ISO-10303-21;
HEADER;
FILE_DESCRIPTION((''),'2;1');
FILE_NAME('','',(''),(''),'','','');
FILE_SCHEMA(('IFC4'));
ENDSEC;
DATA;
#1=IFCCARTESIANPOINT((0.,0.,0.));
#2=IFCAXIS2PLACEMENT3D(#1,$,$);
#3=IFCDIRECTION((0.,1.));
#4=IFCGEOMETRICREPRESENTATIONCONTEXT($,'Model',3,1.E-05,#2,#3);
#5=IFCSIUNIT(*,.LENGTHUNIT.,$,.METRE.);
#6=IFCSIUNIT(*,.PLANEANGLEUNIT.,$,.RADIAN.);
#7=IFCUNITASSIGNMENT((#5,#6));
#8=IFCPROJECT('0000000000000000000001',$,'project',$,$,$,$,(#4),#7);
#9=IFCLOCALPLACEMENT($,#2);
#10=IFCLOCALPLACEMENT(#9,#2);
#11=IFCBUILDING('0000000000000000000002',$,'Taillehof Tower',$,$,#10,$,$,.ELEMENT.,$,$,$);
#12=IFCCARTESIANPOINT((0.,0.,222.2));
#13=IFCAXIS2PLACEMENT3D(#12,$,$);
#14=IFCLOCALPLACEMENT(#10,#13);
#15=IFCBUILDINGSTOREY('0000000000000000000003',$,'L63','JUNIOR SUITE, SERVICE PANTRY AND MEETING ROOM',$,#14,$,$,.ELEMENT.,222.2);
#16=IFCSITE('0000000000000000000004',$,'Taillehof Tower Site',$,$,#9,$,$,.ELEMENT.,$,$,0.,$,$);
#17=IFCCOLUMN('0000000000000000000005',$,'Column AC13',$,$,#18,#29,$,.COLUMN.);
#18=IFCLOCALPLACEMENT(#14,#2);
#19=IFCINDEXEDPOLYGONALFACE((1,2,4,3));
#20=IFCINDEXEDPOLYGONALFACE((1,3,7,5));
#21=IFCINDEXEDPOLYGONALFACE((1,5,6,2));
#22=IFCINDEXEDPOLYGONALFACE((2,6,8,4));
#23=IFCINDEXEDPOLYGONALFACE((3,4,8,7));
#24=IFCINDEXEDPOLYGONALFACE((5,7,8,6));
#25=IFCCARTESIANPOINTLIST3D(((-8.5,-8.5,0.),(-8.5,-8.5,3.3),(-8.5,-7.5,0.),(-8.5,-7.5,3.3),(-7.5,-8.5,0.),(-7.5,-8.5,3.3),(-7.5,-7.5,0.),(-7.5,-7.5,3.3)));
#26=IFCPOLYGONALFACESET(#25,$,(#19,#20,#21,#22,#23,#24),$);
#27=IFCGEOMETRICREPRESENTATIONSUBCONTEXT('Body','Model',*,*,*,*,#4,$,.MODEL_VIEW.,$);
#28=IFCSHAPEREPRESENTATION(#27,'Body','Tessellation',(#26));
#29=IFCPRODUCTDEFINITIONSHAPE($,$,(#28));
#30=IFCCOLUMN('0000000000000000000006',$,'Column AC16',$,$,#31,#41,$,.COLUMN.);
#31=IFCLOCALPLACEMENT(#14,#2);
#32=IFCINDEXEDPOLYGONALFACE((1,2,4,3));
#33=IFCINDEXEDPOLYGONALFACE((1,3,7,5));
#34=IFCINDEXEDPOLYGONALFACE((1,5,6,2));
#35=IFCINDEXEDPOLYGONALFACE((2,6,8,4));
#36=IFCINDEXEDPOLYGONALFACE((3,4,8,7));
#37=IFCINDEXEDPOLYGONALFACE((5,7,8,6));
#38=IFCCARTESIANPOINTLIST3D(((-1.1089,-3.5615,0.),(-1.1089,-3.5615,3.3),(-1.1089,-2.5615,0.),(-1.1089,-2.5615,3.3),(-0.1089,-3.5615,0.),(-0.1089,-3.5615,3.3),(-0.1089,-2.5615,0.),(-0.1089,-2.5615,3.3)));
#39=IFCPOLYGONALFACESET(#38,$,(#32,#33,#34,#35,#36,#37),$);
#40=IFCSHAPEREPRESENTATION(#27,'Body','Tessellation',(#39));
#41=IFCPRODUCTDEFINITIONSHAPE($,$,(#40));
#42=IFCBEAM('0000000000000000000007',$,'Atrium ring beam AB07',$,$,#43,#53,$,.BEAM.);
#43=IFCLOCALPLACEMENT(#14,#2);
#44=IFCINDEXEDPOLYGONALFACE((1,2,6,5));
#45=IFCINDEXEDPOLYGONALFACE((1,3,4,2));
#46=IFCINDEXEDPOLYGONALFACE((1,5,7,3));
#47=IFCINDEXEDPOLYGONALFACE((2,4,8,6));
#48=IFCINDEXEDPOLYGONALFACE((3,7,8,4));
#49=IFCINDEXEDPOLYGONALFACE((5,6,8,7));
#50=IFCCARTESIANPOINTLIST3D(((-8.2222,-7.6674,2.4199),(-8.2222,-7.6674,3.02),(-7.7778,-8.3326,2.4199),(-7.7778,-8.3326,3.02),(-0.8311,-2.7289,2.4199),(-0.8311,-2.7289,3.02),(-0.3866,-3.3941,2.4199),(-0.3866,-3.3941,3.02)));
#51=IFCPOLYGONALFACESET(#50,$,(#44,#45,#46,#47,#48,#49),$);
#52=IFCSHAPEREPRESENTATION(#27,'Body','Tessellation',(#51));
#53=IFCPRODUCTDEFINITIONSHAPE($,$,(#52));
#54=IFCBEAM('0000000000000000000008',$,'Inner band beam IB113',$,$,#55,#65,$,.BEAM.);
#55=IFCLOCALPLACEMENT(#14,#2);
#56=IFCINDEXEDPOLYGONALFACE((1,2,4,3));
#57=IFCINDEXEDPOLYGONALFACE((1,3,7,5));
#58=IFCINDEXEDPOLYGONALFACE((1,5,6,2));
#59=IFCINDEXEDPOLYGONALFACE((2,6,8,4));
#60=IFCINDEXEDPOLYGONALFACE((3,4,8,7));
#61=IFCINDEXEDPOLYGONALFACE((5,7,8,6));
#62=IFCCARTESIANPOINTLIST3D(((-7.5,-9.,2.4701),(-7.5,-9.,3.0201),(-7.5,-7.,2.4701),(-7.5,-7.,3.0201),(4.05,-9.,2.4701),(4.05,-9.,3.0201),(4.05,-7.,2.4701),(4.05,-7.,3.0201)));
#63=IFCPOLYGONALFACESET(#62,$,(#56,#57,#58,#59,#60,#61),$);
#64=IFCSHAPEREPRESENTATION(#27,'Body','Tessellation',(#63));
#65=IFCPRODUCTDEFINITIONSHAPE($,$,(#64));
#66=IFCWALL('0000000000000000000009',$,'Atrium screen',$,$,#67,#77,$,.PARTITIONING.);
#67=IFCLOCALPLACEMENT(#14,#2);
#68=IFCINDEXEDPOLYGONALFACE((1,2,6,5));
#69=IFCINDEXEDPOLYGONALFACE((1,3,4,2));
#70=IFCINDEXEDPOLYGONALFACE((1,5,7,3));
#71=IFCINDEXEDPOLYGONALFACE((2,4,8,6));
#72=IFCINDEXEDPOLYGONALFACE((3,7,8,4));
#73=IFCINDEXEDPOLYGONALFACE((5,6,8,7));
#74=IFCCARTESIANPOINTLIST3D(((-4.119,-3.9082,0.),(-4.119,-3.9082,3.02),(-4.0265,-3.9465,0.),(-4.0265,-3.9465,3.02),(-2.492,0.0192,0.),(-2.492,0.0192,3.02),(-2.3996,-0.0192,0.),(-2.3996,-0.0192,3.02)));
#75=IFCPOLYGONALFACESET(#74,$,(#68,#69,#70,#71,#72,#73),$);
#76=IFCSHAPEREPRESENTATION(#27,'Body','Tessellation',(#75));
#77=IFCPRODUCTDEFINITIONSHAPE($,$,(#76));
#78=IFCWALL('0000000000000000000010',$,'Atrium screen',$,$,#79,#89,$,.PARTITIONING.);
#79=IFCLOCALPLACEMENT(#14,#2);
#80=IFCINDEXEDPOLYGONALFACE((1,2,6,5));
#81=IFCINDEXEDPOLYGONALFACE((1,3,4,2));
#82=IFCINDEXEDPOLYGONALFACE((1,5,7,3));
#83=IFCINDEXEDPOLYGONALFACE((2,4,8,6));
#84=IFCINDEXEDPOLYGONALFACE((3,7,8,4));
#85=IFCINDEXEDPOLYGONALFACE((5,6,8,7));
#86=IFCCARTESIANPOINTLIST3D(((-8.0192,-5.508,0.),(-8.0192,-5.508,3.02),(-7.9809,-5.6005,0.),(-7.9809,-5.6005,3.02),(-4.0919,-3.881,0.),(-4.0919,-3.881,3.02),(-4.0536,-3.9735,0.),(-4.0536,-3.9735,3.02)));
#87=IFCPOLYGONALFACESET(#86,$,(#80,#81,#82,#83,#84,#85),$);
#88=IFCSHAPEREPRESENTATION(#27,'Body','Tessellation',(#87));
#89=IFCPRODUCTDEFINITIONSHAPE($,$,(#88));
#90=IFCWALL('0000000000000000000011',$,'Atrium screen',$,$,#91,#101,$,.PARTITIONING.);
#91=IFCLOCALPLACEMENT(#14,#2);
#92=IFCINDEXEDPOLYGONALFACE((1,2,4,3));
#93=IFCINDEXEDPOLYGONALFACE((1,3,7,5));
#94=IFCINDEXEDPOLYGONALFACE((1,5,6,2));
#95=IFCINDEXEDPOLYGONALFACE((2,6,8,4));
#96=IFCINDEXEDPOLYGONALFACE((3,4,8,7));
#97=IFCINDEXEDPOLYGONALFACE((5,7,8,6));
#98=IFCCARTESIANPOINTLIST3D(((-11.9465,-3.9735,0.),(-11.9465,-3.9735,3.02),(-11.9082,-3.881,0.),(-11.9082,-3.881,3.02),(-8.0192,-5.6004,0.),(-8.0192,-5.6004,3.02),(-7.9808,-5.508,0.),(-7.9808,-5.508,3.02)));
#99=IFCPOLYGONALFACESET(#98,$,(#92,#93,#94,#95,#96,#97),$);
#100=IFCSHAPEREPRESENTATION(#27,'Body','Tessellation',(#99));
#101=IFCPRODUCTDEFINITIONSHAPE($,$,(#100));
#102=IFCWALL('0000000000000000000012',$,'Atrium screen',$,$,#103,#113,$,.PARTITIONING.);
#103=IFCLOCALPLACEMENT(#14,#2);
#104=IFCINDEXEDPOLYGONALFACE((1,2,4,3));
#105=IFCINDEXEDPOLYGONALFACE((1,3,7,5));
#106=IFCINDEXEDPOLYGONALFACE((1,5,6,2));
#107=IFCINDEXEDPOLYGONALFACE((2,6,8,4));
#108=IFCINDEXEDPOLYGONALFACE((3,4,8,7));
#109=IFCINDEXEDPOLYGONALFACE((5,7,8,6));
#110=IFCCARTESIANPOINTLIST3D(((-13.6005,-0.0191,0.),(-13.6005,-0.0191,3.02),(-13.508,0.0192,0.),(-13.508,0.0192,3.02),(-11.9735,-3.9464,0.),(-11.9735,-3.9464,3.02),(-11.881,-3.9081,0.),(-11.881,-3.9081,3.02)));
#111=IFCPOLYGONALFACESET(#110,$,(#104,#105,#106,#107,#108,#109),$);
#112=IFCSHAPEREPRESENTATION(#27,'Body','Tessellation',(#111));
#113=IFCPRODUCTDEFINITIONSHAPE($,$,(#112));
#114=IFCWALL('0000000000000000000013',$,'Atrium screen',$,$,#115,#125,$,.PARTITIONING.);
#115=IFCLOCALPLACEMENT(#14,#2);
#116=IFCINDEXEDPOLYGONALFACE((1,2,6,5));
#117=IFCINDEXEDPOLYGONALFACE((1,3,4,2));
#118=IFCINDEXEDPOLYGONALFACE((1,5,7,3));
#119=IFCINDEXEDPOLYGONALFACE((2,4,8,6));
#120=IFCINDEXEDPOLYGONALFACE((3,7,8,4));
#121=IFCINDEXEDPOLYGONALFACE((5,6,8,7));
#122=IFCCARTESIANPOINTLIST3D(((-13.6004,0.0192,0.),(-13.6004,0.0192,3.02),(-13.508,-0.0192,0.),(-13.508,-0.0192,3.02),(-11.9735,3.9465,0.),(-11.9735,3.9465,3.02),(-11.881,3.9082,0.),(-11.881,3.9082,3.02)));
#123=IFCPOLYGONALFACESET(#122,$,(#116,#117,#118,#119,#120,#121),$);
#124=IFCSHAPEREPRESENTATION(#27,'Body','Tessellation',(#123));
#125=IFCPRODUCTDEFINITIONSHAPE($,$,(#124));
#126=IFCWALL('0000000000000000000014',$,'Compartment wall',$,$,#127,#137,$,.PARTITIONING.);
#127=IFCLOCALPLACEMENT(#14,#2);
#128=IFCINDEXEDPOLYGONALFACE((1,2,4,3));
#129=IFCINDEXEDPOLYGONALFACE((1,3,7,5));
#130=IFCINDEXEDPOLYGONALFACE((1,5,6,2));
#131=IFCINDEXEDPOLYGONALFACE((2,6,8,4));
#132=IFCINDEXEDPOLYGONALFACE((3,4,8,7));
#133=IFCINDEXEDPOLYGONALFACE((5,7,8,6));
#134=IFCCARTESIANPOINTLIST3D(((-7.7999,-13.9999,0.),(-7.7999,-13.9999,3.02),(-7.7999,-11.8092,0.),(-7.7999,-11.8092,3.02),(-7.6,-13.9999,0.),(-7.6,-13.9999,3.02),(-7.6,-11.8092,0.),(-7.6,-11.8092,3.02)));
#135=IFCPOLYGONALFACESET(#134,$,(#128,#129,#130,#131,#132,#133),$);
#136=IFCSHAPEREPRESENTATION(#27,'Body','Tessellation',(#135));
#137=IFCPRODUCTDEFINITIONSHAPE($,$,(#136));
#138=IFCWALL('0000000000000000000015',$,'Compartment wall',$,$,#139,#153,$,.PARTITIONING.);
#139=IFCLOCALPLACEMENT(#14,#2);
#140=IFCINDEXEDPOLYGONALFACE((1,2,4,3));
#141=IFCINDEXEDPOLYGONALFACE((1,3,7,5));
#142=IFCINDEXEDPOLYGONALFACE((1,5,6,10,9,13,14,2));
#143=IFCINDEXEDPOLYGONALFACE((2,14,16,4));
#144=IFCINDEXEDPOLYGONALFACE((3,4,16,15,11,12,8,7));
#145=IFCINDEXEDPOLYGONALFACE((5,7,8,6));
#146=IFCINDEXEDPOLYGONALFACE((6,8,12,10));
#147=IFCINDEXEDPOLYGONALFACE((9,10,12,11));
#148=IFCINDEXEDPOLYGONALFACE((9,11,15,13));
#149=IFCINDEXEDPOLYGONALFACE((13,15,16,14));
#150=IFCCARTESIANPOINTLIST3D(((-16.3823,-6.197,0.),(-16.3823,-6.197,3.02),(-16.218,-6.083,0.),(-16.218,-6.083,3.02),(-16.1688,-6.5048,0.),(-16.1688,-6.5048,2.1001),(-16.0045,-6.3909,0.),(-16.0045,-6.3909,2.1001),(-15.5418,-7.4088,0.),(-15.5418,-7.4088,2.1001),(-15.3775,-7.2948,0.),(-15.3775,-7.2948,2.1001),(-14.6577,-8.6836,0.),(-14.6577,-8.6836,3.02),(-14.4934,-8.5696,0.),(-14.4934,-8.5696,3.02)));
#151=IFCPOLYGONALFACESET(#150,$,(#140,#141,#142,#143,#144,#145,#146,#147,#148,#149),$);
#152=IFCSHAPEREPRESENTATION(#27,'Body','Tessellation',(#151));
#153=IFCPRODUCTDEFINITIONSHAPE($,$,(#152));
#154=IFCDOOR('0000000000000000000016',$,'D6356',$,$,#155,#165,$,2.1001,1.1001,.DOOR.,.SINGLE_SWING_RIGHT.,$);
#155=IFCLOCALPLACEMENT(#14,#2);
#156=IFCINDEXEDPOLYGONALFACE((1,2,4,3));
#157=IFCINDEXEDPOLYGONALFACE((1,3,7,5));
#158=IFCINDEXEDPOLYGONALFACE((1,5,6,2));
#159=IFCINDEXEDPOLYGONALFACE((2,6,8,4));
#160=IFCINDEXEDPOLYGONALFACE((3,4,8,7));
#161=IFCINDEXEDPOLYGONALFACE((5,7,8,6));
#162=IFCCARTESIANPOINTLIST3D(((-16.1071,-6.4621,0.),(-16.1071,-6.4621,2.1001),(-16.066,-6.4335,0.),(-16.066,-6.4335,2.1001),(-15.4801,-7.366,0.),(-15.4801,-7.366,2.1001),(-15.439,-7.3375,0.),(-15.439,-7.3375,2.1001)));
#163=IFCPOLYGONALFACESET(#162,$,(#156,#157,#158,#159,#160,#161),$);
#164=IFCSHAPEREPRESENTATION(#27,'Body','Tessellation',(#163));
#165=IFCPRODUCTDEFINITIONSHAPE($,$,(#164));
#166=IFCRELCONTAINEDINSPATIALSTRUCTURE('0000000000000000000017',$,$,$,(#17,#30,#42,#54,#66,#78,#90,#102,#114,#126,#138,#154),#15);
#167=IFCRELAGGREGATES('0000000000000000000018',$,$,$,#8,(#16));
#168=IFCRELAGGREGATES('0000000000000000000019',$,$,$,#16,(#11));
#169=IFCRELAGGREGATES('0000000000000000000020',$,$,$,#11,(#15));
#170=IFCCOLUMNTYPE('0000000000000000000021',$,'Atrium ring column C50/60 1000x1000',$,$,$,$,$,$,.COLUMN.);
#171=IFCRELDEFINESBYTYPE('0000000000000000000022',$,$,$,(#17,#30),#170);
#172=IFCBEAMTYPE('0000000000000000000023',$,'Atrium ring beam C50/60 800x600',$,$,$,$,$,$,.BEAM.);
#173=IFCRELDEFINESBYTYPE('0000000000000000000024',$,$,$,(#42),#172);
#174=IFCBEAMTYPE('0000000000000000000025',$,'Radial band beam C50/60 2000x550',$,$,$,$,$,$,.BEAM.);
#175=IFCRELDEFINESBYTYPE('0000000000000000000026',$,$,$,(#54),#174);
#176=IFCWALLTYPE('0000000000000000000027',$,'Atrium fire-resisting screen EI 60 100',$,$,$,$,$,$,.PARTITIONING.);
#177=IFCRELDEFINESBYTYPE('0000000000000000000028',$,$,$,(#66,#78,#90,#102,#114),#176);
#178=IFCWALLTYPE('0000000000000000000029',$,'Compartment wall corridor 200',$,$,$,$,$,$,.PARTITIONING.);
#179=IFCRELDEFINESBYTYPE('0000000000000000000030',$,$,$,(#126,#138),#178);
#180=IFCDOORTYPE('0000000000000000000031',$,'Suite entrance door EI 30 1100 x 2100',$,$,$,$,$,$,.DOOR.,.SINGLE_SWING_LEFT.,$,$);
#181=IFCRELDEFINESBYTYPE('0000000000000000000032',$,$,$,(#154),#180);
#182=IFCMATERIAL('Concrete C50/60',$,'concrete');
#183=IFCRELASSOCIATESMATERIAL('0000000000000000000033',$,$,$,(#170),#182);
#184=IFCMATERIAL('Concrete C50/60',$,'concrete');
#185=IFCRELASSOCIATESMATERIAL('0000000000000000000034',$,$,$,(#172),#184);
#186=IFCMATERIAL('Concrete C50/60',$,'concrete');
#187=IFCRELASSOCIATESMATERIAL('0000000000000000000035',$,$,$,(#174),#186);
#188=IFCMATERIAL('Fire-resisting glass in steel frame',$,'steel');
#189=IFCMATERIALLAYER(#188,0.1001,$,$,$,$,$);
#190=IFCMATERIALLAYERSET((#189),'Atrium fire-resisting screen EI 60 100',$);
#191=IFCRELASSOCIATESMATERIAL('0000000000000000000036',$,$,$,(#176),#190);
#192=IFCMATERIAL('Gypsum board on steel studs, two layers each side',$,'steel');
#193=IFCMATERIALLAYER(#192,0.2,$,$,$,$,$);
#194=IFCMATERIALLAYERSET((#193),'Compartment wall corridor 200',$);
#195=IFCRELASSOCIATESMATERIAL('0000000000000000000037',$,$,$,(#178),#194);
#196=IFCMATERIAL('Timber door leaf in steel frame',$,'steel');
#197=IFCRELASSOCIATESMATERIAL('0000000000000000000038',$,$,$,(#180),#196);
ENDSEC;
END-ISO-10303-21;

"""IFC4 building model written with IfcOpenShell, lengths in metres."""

from ifc_helpers import new_model, si_unit, direction, frame, frame_2d, origin, origin_2d, place, context, subcontext, project, spatial, rectangle, extrude, material, layer, layer_set, material_profile, profile_set, type_object, element, fill, save


model = new_model("IFC4")

# Units and contexts
model_context = context("Model", 3, precision=1e-05, world=origin(), true_north=direction((0.0, 1.0)))
body_context = subcontext(model_context, "Body", "Model", "MODEL_VIEW")
ifc_project = project(units=[si_unit("LENGTHUNIT", "METRE"), si_unit("PLANEANGLEUNIT", "RADIAN")], contexts=[model_context])

# Site, building, storey
site_placement = place(None, origin())
site = spatial("IfcSite", under=ifc_project, at=site_placement, Name="Taillehof Tower Site", CompositionType="ELEMENT", RefElevation=0.0)
building_placement = place(site_placement, origin())
building = spatial("IfcBuilding", under=site, at=building_placement, Name="Taillehof Tower", CompositionType="ELEMENT")
storey_placement = place(building_placement, frame((0.0, 0.0, 222.2)))
storey = spatial("IfcBuildingStorey", under=building, at=storey_placement, Name="L63", Description="JUNIOR SUITE, SERVICE PANTRY AND MEETING ROOM", CompositionType="ELEMENT", Elevation=222.2)

# Columns
ifc_material_1 = material(Name="Concrete C50/60", Category="concrete")
ifc_material_profile_1 = material_profile(ifc_material_1, rectangle(XDim=1.0, YDim=1.0, at=origin_2d()), Name="RC 1000x1000")
ifc_profile_set_1 = profile_set([ifc_material_profile_1], Name="Concrete C50/60")
column_type = type_object("IfcColumnType", Name="Atrium ring column C50/60 1000x1000", PredefinedType="COLUMN", material=ifc_profile_set_1)
for number, where, z_axis, x_axis, name in (
    (1, (-8.0, -8.0, 0.0), (0.0, 0.0, 1.0), (1.0, 0.0, 0.0), "Column AC13"),
    (2, (-0.6089, -3.0615, 0.0), (0.0, 0.0, 1.0), (1.0, 0.0, 0.0), "Column AC16"),
):
    element("IfcColumn", number, at=place(storey_placement, frame(where, z_axis=z_axis, x_axis=x_axis)), inside=storey, type_object=column_type, Name=name, PredefinedType="COLUMN", context=body_context, shape_type="SweptSolid", body=[
        extrude(rectangle(XDim=1.0, YDim=1.0, at=origin_2d()), origin(), (0.0, 0.0, 1.0), 3.3),
    ])

# Beams
ifc_material_2 = material(Name="Concrete C50/60", Category="concrete")
ifc_material_profile_2 = material_profile(ifc_material_2, rectangle(XDim=0.8, YDim=0.6001, at=origin_2d()), Name="RC 800x600")
ifc_profile_set_2 = profile_set([ifc_material_profile_2], Name="Concrete C50/60")
beam_type_1 = type_object("IfcBeamType", Name="Atrium ring beam C50/60 800x600", PredefinedType="BEAM", material=ifc_profile_set_2)
beam_1_placement = place(storey_placement, frame((-8.0, -8.0, 2.72), z_axis=(0.831475, 0.555562, 0.0), x_axis=(-0.555562, 0.831475, 0.0)))
element("IfcBeam", 3, at=beam_1_placement, inside=storey, type_object=beam_type_1, Name="Atrium ring beam AB07", PredefinedType="BEAM", context=body_context, shape_type="SweptSolid", body=[
    extrude(rectangle(XDim=0.8, YDim=0.6001, at=origin_2d()), origin(), (0.0, 0.0, 1.0), 8.8892),
])
ifc_material_3 = material(Name="Concrete C50/60", Category="concrete")
ifc_material_profile_3 = material_profile(ifc_material_3, rectangle(XDim=2.0, YDim=0.55, at=origin_2d()), Name="RC 2000x550")
ifc_profile_set_3 = profile_set([ifc_material_profile_3], Name="Concrete C50/60")
beam_type_2 = type_object("IfcBeamType", Name="Radial band beam C50/60 2000x550", PredefinedType="BEAM", material=ifc_profile_set_3)
beam_2_placement = place(storey_placement, frame((-7.5, -8.0, 2.7451), z_axis=(1.0, 0.0, 0.0), x_axis=(0.0, 1.0, 0.0)))
element("IfcBeam", 4, at=beam_2_placement, inside=storey, type_object=beam_type_2, Name="Inner band beam IB113", PredefinedType="BEAM", context=body_context, shape_type="SweptSolid", body=[
    extrude(rectangle(XDim=2.0, YDim=0.55, at=origin_2d()), origin(), (0.0, 0.0, 1.0), 11.55),
])

# Walls
ifc_material_4 = material(Name="Fire-resisting glass in steel frame", Category="steel")
ifc_layer_1 = layer(ifc_material_4, 0.1001)
ifc_layer_set_1 = layer_set([ifc_layer_1], Name="Atrium fire-resisting screen EI 60 100")
wall_type_1 = type_object("IfcWallType", Name="Atrium fire-resisting screen EI 60 100", PredefinedType="PARTITIONING", material=ifc_layer_set_1)
for number, where, z_axis, x_axis, name in (
    (5, (-2.4458, 0.0, 0.0), (0.0, 0.0, 1.0), (-0.382731, -0.92386, 0.0), "Atrium screen"),
    (6, (-4.0728, -3.9272, 0.0), (0.0, 0.0, 1.0), (-0.92386, -0.382731, 0.0), "Atrium screen"),
    (7, (-8.0, -5.5542, 0.0), (0.0, 0.0, 1.0), (-0.92386, 0.382731, 0.0), "Atrium screen"),
    (8, (-11.9272, -3.9272, 0.0), (0.0, 0.0, 1.0), (-0.382731, 0.92386, 0.0), "Atrium screen"),
    (9, (-13.5542, 0.0, 0.0), (0.0, 0.0, 1.0), (0.382731, 0.92386, 0.0), "Atrium screen"),
):
    element("IfcWall", number, at=place(storey_placement, frame(where, z_axis=z_axis, x_axis=x_axis)), inside=storey, type_object=wall_type_1, Name=name, PredefinedType="PARTITIONING", context=body_context, shape_type="SweptSolid", body=[
        extrude(rectangle(XDim=4.251, YDim=0.1001, at=frame_2d((2.1255, 0.0))), origin(), (0.0, 0.0, 1.0), 3.02),
    ])
ifc_material_5 = material(Name="Gypsum board on steel studs, two layers each side", Category="steel")
ifc_layer_2 = layer(ifc_material_5, 0.2)
ifc_layer_set_2 = layer_set([ifc_layer_2], Name="Compartment wall corridor 200")
wall_type_2 = type_object("IfcWallType", Name="Compartment wall corridor 200", PredefinedType="PARTITIONING", material=ifc_layer_set_2)
wall_1_placement = place(storey_placement, frame((-7.7, -11.8093, 0.0), z_axis=(0.0, 0.0, 1.0), x_axis=(0.0, -1.0, 0.0)))
element("IfcWall", 10, at=wall_1_placement, inside=storey, type_object=wall_type_2, Name="Compartment wall", PredefinedType="PARTITIONING", context=body_context, shape_type="SweptSolid", body=[
    extrude(rectangle(XDim=2.1907, YDim=0.2, at=frame_2d((1.0952, 0.0))), origin(), (0.0, 0.0, 1.0), 3.02),
])

# Wall, opening, door
wall_2_placement = place(storey_placement, frame((-14.5754, -8.6267, 0.0), z_axis=(0.0, 0.0, 1.0), x_axis=(-0.56991, 0.821707, 0.0)))
wall_2 = element("IfcWall", 11, at=wall_2_placement, inside=storey, type_object=wall_type_2, Name="Compartment wall", PredefinedType="PARTITIONING", context=body_context, shape_type="SweptSolid", body=[
    extrude(rectangle(XDim=3.0261, YDim=0.2, at=frame_2d((1.5132, 0.0))), origin(), (0.0, 0.0, 1.0), 3.02),
])
opening_1_placement = place(wall_2_placement, frame((1.5515, 0.0, 0.0)))
opening_1 = element("IfcOpeningElement", 12, at=opening_1_placement, cuts=wall_2, PredefinedType="OPENING", context=body_context, shape_type="SweptSolid", body=[
    extrude(rectangle(XDim=1.1001, YDim=2.1001, at=frame_2d((0.55, 1.05))), frame((0.0, 0.1099, 0.0), z_axis=(0.0, -1.0, 0.0), x_axis=(1.0, 0.0, 0.0)), (0.0, 0.0, 1.0), 0.22),
])
ifc_material_6 = material(Name="Timber door leaf in steel frame", Category="steel")
door_type_1 = type_object("IfcDoorType", Name="Suite entrance door EI 30 1100 x 2100", OperationType="SINGLE_SWING_LEFT", PredefinedType="DOOR", material=ifc_material_6)
door_1_placement = place(opening_1_placement, origin())
door_1 = element("IfcDoor", 13, at=door_1_placement, inside=storey, type_object=door_type_1, Name="D6356", OperationType="SINGLE_SWING_RIGHT", OverallHeight=2.1001, OverallWidth=1.1001, PredefinedType="DOOR", context=body_context, shape_type="SweptSolid", body=[
    extrude(rectangle(XDim=1.1001, YDim=2.1001, at=frame_2d((0.55, 1.05))), frame((0.0, 0.0249, 0.0), z_axis=(0.0, -1.0, 0.0), x_axis=(1.0, 0.0, 0.0)), (0.0, 0.0, 1.0), 0.05),
])
fill(opening_1, door_1)

save(model, "model.ifc")
